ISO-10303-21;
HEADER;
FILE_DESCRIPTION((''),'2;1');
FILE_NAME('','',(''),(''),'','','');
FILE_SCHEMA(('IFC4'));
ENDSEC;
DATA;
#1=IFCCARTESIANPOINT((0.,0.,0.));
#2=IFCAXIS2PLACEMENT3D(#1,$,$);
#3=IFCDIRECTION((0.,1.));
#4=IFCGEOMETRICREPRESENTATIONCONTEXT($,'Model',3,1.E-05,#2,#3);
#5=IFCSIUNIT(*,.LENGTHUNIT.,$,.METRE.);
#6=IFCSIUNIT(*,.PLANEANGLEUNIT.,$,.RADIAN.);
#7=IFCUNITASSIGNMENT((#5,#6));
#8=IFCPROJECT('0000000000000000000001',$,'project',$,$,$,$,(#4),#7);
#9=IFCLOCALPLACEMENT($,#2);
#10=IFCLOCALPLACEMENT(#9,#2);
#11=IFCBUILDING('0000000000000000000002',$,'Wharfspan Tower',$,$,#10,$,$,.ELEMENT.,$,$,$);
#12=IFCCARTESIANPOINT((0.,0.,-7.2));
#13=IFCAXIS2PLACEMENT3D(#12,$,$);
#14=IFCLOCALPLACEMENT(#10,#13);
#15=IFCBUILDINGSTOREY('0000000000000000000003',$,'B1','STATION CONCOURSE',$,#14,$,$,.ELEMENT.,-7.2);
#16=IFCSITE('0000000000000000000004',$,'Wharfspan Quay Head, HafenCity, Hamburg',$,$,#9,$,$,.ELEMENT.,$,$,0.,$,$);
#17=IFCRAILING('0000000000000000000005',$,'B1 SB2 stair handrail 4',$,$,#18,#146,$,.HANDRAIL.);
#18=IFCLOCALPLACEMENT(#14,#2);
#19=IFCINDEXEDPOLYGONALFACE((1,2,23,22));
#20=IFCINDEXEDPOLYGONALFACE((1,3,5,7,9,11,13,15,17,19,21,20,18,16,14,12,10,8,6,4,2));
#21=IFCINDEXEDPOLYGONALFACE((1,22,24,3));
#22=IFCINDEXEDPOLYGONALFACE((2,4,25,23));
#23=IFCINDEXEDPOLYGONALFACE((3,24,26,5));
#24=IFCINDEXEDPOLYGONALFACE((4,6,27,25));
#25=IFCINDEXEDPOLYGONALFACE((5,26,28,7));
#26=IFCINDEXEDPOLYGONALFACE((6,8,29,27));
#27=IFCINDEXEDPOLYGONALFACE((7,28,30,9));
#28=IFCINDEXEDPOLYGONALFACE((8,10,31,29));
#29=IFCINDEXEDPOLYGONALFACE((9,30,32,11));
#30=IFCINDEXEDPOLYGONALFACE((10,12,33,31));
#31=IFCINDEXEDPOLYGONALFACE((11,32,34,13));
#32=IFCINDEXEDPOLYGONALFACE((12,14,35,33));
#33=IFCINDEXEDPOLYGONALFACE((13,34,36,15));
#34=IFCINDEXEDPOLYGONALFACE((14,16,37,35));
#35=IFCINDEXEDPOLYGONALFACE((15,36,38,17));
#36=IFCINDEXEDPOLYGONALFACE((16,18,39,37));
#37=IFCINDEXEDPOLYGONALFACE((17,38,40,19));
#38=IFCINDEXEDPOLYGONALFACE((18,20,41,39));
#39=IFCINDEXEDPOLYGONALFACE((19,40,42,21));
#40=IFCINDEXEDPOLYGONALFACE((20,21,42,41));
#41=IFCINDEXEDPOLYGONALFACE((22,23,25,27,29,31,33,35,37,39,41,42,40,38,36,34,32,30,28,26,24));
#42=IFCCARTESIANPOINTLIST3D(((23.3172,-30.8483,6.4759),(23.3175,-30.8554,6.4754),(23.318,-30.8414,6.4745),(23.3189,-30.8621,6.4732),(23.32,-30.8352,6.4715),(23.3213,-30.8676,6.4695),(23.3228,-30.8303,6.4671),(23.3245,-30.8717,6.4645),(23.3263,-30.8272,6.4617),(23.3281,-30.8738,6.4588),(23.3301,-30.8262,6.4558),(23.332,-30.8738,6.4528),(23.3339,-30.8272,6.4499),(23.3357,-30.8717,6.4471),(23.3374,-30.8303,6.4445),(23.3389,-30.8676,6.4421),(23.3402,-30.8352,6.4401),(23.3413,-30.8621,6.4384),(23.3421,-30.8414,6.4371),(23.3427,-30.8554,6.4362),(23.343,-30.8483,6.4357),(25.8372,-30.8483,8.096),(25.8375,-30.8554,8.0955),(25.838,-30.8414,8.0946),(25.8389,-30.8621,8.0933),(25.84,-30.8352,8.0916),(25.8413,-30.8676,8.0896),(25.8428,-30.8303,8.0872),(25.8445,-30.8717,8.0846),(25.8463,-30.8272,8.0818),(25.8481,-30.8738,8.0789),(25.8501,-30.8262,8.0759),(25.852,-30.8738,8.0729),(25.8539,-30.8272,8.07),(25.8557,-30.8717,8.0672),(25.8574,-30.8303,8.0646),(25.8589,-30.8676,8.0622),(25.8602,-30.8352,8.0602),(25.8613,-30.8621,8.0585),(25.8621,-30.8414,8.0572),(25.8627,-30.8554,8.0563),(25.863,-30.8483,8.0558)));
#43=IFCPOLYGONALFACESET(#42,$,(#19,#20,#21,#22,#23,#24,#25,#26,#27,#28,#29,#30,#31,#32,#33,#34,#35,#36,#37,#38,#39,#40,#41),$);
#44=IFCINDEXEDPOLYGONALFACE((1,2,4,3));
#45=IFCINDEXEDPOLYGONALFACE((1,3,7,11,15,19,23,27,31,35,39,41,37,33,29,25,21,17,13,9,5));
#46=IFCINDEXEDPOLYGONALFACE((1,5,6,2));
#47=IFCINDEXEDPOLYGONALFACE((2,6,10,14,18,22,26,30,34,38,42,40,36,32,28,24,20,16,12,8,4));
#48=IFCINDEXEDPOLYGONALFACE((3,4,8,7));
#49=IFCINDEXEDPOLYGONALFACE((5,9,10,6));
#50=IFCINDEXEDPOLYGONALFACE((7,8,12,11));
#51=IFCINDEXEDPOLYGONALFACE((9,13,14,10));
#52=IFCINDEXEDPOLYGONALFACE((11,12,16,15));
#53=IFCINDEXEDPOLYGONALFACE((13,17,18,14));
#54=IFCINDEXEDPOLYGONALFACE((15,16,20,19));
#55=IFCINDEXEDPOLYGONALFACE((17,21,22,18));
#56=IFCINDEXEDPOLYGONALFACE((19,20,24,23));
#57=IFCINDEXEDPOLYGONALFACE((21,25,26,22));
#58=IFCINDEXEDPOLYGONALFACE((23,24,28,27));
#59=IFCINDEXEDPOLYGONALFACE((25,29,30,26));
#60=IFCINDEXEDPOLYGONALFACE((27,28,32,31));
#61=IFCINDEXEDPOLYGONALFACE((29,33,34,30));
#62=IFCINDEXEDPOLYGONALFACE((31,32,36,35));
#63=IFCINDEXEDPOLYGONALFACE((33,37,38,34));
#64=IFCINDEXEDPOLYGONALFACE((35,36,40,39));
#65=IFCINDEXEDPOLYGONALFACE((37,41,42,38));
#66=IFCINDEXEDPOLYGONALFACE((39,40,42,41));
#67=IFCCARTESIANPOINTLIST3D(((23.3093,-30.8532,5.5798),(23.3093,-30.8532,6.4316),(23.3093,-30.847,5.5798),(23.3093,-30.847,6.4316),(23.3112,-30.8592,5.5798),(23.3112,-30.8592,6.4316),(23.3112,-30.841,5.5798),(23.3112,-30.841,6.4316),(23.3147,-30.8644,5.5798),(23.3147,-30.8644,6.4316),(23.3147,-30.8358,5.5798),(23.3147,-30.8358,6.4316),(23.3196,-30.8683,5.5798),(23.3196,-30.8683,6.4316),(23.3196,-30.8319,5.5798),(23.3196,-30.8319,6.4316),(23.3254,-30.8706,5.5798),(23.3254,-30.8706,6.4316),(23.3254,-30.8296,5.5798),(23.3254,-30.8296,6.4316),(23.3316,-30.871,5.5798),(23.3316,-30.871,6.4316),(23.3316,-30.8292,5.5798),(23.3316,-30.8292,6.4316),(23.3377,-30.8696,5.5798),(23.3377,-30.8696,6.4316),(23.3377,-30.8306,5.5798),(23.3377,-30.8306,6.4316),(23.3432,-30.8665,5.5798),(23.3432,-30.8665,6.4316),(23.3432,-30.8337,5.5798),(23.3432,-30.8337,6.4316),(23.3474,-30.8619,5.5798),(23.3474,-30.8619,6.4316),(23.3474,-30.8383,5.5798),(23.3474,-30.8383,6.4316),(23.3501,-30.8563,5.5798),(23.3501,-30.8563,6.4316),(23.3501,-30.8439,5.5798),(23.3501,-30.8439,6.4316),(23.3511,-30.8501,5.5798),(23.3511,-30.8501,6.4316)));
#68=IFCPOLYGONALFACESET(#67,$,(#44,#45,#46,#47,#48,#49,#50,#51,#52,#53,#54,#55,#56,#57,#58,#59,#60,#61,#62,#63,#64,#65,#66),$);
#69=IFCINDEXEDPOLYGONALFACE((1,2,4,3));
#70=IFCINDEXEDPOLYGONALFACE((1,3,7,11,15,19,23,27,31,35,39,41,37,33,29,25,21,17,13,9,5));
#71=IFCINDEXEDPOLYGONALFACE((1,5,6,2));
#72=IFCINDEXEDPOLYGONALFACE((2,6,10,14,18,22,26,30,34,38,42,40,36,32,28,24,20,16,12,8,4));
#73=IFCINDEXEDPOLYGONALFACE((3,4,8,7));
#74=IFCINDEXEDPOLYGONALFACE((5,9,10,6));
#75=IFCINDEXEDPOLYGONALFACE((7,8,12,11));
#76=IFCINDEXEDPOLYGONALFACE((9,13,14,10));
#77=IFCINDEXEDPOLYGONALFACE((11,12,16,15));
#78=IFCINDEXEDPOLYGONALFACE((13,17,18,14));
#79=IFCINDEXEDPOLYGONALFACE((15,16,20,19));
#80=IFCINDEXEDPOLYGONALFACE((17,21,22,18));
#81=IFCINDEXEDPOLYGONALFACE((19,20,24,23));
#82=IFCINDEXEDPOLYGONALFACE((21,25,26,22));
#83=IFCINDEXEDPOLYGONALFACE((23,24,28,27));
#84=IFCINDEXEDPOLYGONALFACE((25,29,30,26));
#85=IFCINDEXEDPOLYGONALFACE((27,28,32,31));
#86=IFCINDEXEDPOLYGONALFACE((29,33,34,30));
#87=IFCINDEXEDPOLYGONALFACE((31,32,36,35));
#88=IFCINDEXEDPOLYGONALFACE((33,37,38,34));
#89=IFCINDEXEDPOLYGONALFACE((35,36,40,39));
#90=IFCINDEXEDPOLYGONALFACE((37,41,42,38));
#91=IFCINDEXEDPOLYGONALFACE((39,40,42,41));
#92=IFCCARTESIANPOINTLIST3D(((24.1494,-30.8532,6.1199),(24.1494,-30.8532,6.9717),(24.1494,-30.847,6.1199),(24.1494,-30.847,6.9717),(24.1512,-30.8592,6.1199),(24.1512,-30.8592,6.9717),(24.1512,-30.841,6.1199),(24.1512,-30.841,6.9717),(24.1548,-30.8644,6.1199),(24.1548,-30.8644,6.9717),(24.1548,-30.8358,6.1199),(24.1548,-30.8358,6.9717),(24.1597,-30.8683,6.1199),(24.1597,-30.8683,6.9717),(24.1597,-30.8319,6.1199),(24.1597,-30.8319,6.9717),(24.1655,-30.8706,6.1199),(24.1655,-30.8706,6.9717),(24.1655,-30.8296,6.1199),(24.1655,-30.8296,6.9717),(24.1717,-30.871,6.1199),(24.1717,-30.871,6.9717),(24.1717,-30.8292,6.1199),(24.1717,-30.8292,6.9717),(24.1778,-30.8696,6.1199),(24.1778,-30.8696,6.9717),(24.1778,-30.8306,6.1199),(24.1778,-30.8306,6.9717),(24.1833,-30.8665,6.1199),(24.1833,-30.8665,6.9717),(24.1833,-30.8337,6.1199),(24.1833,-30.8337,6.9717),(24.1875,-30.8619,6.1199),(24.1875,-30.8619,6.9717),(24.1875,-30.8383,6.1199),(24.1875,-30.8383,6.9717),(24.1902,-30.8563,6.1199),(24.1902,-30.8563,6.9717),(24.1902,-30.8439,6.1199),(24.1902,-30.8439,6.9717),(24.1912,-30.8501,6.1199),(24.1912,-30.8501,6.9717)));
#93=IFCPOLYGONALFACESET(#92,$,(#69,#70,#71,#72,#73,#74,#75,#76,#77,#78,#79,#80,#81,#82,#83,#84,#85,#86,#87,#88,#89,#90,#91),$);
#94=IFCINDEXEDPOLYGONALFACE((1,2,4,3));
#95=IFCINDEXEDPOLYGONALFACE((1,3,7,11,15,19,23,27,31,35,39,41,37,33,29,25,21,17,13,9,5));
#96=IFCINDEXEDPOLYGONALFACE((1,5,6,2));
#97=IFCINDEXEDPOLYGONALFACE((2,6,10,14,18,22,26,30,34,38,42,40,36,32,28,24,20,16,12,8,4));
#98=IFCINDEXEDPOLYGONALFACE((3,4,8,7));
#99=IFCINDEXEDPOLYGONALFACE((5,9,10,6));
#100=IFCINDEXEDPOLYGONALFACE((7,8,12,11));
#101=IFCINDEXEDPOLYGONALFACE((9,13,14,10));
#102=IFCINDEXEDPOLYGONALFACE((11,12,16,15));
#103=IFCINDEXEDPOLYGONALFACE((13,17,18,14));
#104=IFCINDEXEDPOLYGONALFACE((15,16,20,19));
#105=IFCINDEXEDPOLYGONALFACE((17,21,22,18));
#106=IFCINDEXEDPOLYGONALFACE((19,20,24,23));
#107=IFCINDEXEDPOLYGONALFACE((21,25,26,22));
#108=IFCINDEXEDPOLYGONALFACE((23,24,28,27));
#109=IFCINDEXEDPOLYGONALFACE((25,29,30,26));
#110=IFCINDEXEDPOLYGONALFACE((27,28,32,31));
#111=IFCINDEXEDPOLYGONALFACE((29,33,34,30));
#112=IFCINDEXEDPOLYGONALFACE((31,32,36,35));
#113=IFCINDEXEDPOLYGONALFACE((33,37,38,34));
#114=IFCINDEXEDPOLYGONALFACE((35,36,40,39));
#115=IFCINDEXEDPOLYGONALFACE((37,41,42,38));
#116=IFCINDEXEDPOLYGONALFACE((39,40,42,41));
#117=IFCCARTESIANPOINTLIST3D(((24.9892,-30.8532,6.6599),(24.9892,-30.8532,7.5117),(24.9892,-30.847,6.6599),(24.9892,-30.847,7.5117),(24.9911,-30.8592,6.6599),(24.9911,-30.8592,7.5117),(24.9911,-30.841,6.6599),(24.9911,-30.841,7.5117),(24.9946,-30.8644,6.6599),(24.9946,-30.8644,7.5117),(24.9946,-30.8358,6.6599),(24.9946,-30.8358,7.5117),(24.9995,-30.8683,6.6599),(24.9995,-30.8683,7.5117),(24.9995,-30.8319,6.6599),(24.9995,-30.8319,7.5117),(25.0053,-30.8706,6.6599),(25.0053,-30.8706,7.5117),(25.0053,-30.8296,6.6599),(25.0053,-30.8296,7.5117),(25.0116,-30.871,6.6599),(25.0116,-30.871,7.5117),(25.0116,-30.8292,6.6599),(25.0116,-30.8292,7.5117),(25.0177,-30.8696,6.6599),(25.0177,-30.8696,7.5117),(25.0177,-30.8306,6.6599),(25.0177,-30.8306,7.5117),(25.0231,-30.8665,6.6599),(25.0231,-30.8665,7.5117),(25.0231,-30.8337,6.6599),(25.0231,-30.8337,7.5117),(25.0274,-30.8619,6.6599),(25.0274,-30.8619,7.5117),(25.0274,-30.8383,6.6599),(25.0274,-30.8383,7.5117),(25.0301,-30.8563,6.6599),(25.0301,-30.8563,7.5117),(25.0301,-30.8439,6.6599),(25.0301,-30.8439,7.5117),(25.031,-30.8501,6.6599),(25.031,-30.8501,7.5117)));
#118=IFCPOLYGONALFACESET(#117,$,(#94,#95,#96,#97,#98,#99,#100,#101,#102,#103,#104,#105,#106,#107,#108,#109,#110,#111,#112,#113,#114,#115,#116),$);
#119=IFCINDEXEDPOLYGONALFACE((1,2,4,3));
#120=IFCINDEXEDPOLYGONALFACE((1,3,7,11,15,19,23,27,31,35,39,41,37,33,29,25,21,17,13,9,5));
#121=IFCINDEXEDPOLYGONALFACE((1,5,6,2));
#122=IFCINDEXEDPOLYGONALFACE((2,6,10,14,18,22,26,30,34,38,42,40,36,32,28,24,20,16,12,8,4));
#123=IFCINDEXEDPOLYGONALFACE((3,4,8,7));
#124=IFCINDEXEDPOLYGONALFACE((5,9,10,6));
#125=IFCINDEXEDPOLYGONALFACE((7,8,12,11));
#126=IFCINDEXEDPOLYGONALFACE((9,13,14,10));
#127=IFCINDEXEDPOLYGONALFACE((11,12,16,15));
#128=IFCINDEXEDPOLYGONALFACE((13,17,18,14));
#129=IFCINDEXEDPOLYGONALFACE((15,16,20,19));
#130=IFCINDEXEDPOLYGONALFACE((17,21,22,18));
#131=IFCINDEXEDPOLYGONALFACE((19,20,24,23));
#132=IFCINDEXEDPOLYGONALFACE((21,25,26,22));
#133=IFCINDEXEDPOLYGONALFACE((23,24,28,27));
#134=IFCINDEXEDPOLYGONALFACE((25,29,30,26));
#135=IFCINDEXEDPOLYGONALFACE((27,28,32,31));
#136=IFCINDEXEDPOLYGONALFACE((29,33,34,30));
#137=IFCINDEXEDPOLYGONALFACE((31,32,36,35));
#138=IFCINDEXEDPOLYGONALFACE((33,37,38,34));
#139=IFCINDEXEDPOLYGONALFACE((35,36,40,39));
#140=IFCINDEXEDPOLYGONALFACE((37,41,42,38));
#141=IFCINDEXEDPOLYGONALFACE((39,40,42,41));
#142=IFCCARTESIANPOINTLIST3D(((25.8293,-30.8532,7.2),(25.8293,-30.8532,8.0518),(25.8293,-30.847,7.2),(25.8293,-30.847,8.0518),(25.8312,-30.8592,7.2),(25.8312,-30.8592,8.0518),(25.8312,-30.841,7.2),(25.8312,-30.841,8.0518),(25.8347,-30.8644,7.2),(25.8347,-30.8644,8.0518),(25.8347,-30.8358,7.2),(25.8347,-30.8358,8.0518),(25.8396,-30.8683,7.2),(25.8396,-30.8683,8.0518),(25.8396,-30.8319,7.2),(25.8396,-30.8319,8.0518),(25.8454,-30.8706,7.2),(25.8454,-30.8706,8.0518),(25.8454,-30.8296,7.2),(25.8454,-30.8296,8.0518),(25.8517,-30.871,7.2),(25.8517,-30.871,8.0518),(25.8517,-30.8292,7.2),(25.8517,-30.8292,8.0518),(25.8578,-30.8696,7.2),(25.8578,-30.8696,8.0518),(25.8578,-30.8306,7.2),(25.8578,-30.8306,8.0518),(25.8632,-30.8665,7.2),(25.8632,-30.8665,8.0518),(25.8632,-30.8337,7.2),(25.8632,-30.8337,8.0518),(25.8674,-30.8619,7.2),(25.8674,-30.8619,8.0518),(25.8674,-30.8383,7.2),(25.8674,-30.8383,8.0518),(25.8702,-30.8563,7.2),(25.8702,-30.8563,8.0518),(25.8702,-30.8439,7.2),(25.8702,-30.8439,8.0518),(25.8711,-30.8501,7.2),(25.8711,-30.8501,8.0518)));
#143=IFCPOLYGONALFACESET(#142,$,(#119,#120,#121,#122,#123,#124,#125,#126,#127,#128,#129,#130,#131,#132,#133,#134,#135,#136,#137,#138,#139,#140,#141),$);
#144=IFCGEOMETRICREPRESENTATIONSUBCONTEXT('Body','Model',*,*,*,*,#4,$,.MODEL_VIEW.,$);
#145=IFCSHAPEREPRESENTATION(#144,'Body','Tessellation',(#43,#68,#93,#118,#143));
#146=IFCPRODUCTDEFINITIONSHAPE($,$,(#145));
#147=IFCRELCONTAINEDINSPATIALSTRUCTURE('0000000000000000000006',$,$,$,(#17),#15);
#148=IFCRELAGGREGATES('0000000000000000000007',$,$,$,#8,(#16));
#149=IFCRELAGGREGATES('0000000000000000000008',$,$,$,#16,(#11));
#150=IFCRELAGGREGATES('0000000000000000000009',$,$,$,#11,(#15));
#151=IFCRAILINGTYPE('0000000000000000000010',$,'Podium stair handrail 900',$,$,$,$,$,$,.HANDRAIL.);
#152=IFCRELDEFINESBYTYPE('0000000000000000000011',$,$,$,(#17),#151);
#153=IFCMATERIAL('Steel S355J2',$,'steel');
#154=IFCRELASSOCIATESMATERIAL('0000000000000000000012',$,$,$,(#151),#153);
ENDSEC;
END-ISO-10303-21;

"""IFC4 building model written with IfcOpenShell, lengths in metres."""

from ifc_helpers import new_model, si_unit, direction, frame, origin, origin_2d, place, context, subcontext, project, spatial, circle, extrude, material, type_object, element, save


model = new_model("IFC4")

# Units and contexts
model_context = context("Model", 3, precision=1e-05, world=origin(), true_north=direction((0.0, 1.0)))
body_context = subcontext(model_context, "Body", "Model", "MODEL_VIEW")
ifc_project = project(units=[si_unit("LENGTHUNIT", "METRE"), si_unit("PLANEANGLEUNIT", "RADIAN")], contexts=[model_context])

# Site, building, storey
site_placement = place(None, origin())
site = spatial("IfcSite", under=ifc_project, at=site_placement, Name="Wharfspan Quay Head, HafenCity, Hamburg", CompositionType="ELEMENT", RefElevation=0.0)
building_placement = place(site_placement, origin())
building = spatial("IfcBuilding", under=site, at=building_placement, Name="Wharfspan Tower", CompositionType="ELEMENT")
storey_placement = place(building_placement, frame((0.0, 0.0, -7.2)))
storey = spatial("IfcBuildingStorey", under=building, at=storey_placement, Name="B1", Description="STATION CONCOURSE", CompositionType="ELEMENT", Elevation=-7.2)

# Railing
ifc_material_1 = material(Name="Steel S355J2", Category="steel")
railing_type_1 = type_object("IfcRailingType", Name="Podium stair handrail 900", PredefinedType="HANDRAIL", material=ifc_material_1)
railing_1_placement = place(storey_placement, frame((23.3301, -30.8501, 5.5798)))
element("IfcRailing", 1, at=railing_1_placement, inside=storey, type_object=railing_type_1, Name="B1 SB2 stair handrail 4", PredefinedType="HANDRAIL", context=body_context, shape_type="SweptSolid", body=[
    extrude(circle(Radius=0.0239, at=origin_2d()), frame((0.0, 0.0, 0.876), z_axis=(0.841163, 0.0, 0.540782), x_axis=(0.0, 1.0, 0.0)), (0.0, 0.0, 1.0), 2.9958),
    extrude(circle(Radius=0.021, at=origin_2d()), origin(), (0.0, 0.0, 1.0), 0.8518),
    extrude(circle(Radius=0.021, at=origin_2d()), frame((0.8401, 0.0, 0.54)), (0.0, 0.0, 1.0), 0.8518),
    extrude(circle(Radius=0.021, at=origin_2d()), frame((1.6799, 0.0, 1.0801)), (0.0, 0.0, 1.0), 0.8518),
    extrude(circle(Radius=0.021, at=origin_2d()), frame((2.52, 0.0, 1.6201)), (0.0, 0.0, 1.0), 0.8518),
])

save(model, "model.ifc")
